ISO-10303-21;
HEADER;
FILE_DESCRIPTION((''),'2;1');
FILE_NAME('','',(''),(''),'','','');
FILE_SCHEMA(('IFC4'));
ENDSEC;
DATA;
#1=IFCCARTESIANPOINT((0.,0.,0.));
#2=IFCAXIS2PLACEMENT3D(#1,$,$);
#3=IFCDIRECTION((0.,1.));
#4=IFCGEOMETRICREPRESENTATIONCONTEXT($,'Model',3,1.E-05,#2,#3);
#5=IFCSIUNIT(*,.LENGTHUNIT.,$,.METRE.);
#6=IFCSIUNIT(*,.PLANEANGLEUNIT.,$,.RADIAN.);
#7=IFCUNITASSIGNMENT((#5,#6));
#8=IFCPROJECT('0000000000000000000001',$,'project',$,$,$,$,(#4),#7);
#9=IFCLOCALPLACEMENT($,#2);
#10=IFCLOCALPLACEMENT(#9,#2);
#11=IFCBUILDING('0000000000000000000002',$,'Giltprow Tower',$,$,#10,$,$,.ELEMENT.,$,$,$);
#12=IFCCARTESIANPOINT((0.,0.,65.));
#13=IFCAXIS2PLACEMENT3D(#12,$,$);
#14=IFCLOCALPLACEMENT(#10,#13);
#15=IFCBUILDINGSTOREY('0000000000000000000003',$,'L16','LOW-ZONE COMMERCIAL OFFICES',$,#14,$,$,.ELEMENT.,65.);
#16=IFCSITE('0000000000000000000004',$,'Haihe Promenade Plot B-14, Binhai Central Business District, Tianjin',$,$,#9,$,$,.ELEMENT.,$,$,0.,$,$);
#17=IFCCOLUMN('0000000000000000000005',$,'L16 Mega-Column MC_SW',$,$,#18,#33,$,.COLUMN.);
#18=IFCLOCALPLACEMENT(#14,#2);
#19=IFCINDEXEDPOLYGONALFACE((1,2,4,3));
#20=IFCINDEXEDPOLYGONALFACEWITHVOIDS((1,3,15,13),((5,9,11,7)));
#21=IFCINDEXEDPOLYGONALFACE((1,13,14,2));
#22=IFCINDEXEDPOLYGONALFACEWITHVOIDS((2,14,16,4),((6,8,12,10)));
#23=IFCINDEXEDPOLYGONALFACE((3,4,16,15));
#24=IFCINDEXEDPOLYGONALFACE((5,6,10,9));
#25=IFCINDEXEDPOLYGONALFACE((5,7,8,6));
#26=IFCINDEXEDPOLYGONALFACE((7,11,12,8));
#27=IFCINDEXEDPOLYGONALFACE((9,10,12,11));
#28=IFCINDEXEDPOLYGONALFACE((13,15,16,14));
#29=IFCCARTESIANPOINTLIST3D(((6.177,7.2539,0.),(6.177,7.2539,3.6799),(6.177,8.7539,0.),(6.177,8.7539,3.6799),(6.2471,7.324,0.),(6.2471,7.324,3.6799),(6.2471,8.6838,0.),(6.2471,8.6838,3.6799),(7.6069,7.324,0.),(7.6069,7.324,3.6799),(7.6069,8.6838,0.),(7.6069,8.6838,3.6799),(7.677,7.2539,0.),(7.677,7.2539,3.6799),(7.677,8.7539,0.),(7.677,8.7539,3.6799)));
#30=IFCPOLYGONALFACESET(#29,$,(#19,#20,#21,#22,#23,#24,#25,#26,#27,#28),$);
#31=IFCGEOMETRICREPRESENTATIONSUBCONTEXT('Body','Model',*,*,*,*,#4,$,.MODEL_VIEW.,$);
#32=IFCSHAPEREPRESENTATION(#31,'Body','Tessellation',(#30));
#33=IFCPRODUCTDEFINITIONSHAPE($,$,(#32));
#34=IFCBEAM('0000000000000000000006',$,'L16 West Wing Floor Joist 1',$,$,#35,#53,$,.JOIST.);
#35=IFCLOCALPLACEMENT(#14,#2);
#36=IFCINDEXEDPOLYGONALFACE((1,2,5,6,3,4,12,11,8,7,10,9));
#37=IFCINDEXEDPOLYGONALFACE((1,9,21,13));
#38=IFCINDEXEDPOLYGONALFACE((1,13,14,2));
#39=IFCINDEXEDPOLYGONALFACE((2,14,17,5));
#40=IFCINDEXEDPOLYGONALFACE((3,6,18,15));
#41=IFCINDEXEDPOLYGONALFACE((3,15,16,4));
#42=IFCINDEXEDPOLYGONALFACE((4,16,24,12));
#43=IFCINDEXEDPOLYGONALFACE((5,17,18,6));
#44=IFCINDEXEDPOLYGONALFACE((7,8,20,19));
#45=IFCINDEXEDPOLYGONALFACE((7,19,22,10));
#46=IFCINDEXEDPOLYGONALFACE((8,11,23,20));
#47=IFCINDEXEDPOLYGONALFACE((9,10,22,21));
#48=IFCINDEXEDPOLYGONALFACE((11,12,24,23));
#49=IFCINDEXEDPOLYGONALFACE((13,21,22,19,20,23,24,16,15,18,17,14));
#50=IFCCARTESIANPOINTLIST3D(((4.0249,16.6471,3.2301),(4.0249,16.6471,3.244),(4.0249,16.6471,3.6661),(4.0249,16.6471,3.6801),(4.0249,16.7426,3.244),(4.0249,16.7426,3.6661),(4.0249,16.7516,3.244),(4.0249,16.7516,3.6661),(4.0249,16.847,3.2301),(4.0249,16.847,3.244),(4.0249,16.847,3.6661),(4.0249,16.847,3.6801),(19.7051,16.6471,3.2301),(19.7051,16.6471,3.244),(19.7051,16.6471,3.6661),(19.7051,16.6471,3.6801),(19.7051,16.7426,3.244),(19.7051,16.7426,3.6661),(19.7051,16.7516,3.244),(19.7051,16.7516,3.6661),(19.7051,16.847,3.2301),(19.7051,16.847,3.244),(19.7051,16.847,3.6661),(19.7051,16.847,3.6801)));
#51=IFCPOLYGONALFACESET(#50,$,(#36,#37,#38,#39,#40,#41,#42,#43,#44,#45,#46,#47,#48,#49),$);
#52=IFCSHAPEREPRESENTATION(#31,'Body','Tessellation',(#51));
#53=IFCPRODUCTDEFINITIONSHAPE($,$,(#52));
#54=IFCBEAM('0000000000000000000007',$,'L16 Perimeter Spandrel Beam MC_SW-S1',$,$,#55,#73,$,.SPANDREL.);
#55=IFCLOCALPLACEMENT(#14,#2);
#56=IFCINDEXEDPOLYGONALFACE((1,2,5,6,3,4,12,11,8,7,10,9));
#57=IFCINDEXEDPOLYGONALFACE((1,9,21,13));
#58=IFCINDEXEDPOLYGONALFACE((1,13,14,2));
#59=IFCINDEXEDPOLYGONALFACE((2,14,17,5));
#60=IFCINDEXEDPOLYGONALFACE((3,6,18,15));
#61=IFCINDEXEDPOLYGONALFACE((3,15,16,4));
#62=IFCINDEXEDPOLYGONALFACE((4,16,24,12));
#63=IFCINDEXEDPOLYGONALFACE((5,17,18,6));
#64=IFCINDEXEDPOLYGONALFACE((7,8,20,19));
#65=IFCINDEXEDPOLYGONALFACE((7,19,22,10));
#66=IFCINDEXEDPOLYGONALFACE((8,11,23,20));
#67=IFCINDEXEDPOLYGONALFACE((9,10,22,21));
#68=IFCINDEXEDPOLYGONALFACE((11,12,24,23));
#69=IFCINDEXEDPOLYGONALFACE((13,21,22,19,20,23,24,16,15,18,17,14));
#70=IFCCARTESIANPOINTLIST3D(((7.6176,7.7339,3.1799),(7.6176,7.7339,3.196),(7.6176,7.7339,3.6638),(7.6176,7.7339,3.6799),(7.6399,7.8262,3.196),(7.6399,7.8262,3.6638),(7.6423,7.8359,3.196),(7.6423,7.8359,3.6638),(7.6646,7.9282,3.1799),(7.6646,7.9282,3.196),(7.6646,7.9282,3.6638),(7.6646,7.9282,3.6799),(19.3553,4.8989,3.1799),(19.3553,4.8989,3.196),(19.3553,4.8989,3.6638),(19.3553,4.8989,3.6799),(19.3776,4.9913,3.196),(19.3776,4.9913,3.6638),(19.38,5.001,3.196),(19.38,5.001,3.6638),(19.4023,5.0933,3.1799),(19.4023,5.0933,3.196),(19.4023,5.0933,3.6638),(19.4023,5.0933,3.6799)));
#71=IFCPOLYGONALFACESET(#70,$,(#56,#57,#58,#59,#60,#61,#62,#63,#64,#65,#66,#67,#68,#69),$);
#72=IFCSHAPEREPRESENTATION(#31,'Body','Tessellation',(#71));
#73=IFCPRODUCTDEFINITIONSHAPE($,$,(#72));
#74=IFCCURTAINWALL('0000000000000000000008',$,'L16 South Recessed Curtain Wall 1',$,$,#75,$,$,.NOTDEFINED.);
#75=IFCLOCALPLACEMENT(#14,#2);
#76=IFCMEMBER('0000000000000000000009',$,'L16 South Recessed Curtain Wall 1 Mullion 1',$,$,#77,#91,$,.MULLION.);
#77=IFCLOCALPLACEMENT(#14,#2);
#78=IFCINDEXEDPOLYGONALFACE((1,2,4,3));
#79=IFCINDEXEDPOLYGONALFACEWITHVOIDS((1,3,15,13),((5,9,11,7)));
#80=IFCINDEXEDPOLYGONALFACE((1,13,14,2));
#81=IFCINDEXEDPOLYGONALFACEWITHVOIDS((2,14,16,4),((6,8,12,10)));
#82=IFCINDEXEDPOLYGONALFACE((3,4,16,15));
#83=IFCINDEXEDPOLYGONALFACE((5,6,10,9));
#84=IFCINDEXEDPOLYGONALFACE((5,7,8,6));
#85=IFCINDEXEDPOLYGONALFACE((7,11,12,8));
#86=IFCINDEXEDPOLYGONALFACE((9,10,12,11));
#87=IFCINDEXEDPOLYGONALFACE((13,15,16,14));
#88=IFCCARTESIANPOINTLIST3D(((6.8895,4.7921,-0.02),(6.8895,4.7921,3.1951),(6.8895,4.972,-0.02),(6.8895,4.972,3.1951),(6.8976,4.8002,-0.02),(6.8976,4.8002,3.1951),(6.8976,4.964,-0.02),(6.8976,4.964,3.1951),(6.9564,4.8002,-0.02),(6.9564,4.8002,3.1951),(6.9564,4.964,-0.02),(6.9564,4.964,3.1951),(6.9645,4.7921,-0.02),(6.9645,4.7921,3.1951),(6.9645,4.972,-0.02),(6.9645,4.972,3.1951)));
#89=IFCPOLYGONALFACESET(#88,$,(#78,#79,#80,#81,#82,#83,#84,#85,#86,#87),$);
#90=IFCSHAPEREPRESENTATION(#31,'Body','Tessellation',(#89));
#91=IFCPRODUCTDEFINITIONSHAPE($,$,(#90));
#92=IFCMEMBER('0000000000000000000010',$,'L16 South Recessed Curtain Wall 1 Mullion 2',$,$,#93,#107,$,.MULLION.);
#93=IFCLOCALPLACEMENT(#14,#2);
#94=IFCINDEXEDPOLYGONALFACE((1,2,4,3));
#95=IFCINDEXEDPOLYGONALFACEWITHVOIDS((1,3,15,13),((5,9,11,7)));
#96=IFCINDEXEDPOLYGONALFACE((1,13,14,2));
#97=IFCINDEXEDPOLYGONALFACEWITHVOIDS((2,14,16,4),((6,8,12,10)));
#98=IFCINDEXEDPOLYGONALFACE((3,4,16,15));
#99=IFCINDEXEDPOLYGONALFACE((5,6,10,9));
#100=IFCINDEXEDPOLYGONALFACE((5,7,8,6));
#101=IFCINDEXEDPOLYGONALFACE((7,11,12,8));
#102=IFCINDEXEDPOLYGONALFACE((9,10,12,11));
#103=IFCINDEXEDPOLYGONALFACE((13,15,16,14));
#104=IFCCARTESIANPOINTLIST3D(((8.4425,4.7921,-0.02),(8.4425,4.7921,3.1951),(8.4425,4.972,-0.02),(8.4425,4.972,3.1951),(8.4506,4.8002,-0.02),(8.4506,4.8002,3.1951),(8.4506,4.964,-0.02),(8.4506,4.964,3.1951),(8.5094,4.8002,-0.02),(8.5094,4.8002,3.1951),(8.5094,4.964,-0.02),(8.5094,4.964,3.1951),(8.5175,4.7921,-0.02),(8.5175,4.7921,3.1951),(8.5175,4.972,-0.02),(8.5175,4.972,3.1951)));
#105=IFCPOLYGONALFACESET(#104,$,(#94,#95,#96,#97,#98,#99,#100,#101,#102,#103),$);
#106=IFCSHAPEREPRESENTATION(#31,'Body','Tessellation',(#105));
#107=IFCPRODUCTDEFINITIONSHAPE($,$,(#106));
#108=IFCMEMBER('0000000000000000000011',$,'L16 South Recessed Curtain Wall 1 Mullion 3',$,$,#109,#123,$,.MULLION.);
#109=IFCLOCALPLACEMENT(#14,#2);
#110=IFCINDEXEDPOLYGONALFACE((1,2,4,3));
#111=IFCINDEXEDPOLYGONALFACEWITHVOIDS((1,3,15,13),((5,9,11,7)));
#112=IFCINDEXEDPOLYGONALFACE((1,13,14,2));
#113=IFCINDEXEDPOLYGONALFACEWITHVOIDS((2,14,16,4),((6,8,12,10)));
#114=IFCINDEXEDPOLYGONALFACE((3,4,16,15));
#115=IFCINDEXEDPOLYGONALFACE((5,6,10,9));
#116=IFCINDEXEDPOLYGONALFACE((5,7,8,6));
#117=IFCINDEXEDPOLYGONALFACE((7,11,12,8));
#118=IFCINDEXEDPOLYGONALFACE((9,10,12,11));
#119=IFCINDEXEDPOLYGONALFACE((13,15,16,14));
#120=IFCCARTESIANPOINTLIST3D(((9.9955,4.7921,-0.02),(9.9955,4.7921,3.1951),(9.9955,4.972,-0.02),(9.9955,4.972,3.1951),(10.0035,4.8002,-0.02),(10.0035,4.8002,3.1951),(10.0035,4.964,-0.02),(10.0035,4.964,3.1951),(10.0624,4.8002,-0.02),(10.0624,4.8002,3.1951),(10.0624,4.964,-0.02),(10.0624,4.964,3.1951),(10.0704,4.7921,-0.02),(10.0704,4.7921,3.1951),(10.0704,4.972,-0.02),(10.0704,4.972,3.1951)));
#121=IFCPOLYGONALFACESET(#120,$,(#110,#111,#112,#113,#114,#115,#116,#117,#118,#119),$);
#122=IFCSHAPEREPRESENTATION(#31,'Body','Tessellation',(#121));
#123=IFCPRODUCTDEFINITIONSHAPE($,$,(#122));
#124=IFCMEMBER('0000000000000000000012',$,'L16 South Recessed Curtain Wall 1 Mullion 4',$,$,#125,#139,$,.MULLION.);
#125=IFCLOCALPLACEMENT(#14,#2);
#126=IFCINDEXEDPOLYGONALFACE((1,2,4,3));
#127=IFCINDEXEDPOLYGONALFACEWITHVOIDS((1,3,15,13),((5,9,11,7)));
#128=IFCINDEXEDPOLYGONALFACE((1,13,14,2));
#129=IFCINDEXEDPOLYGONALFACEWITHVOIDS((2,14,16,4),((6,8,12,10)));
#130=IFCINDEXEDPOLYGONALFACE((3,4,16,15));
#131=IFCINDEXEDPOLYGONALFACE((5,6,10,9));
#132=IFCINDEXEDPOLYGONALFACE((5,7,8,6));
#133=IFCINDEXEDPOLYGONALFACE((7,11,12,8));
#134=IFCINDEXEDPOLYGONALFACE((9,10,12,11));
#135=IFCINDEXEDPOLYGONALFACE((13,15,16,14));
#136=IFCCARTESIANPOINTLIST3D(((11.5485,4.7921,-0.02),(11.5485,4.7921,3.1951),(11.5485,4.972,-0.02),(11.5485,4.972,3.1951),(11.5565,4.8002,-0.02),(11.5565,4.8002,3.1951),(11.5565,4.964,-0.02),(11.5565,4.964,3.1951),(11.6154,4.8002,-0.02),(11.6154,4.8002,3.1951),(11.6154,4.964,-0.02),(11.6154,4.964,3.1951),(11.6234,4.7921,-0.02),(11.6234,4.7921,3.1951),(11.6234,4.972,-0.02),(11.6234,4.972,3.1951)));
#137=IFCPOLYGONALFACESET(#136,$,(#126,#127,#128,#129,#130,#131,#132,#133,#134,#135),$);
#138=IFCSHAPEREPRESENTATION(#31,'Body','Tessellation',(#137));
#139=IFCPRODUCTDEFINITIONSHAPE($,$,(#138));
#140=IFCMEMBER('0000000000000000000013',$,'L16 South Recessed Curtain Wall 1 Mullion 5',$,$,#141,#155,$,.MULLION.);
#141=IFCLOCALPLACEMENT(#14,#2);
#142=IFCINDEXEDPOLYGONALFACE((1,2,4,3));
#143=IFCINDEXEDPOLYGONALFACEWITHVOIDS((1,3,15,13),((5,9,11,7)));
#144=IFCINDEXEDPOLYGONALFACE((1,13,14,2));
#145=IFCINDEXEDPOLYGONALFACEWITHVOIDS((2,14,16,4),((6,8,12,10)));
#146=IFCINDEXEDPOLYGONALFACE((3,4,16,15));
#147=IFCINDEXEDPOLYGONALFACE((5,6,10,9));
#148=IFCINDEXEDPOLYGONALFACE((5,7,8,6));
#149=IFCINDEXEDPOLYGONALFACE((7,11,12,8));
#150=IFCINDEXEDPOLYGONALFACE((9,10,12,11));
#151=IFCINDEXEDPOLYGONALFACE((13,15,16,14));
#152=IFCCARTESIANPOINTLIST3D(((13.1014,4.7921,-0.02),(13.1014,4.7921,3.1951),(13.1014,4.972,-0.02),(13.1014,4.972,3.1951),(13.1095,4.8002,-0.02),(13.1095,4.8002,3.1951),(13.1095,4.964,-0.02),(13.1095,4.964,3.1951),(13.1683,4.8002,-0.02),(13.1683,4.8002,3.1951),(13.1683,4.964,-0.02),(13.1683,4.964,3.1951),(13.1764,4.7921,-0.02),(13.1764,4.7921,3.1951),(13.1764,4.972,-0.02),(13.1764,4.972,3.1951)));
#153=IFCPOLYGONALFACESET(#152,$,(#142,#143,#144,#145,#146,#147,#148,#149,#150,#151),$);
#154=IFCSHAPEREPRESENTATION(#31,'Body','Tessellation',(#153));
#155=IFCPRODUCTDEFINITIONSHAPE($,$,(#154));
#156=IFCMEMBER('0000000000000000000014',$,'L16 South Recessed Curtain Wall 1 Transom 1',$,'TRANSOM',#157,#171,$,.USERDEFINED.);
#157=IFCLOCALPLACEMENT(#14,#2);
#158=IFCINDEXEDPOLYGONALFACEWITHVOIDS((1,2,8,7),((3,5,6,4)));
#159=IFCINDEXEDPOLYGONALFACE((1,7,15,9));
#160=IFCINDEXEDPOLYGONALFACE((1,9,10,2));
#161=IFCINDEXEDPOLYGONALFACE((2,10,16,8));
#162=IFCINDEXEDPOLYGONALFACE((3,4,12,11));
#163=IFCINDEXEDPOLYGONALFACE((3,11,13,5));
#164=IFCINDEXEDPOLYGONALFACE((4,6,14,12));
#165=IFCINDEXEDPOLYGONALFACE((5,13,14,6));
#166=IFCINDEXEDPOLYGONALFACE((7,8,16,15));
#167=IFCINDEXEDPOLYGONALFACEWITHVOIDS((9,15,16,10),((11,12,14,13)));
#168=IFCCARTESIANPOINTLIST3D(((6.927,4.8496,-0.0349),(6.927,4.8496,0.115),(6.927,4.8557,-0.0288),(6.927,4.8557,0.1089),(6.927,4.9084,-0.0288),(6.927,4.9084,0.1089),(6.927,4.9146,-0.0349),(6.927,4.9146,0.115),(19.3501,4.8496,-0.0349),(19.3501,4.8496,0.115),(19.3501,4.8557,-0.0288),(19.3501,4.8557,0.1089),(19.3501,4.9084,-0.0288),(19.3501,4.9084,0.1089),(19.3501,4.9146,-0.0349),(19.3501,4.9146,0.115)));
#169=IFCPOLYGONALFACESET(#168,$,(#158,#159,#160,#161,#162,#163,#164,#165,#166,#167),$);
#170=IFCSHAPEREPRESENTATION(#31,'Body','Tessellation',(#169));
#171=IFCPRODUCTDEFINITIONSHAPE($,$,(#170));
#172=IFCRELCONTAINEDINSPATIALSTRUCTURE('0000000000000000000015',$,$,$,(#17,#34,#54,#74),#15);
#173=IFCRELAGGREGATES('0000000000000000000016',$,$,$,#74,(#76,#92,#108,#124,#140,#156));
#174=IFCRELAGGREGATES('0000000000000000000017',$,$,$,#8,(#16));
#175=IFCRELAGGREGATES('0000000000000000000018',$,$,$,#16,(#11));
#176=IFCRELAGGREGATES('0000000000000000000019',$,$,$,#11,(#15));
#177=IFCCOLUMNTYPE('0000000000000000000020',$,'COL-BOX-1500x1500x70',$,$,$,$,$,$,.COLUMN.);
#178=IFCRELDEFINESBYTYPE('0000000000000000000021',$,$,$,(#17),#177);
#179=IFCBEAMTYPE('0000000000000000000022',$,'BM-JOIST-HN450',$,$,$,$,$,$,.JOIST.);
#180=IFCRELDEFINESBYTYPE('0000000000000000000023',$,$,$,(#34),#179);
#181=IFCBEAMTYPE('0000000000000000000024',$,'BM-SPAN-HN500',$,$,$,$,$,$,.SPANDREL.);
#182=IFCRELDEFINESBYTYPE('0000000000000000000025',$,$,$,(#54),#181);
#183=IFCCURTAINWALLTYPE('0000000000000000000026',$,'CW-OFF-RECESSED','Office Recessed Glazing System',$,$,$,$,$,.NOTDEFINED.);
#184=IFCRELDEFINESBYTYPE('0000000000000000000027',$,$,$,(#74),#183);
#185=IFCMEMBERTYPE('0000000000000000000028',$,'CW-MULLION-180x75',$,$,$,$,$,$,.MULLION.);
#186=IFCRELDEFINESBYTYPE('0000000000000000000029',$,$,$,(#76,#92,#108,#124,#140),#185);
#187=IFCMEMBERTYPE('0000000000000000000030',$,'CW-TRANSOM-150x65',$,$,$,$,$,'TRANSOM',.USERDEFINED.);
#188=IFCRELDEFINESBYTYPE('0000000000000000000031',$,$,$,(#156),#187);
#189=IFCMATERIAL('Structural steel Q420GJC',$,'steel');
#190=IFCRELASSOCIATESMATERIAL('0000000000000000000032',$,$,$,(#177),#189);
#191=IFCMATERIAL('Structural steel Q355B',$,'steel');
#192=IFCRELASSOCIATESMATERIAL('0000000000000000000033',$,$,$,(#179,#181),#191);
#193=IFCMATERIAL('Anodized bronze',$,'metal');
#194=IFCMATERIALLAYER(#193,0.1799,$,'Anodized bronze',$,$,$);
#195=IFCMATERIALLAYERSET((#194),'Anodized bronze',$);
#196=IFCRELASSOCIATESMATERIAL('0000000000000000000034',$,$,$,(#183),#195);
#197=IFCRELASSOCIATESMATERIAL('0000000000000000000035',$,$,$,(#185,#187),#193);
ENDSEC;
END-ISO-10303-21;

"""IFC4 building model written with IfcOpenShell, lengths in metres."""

from ifc_helpers import new_model, si_unit, direction, frame, origin, origin_2d, place, context, subcontext, project, spatial, hollow_rectangle, i_section, extrude, source, transform, mapped, material, layer, layer_set, material_profile, profile_set, type_object, element, aggregate, save


model = new_model("IFC4")

# Units and contexts
model_context = context("Model", 3, precision=1e-05, world=origin(), true_north=direction((0.0, 1.0)))
body_context = subcontext(model_context, "Body", "Model", "MODEL_VIEW")
ifc_project = project(units=[si_unit("LENGTHUNIT", "METRE"), si_unit("PLANEANGLEUNIT", "RADIAN")], contexts=[model_context])

# Site, building, storey
site_placement = place(None, origin())
site = spatial("IfcSite", under=ifc_project, at=site_placement, Name="Haihe Promenade Plot B-14, Binhai Central Business District, Tianjin", CompositionType="ELEMENT", RefElevation=0.0)
building_placement = place(site_placement, origin())
building = spatial("IfcBuilding", under=site, at=building_placement, Name="Giltprow Tower", CompositionType="ELEMENT")
storey_placement = place(building_placement, frame((0.0, 0.0, 65.0)))
storey = spatial("IfcBuildingStorey", under=building, at=storey_placement, Name="L16", Description="LOW-ZONE COMMERCIAL OFFICES", CompositionType="ELEMENT", Elevation=65.0)

# Column
ifc_material_1 = material(Name="Structural steel Q420GJC", Category="steel")
ifc_material_profile_1 = material_profile(ifc_material_1, hollow_rectangle(XDim=1.5, YDim=1.5, WallThickness=0.0701, at=origin_2d()), Name="BOX 1500x1500x70")
ifc_profile_set_1 = profile_set([ifc_material_profile_1], Name="Structural steel Q420GJC")
column_type = type_object("IfcColumnType", Name="COL-BOX-1500x1500x70", PredefinedType="COLUMN", material=ifc_profile_set_1)
shared_shape_1 = source(origin(), body_context, "Body", "SweptSolid", [
    extrude(hollow_rectangle(XDim=1.5, YDim=1.5, WallThickness=0.0701, at=origin_2d()), origin(), (0.0, 0.0, 1.0), 3.6799),
])
column_placement = place(storey_placement, frame((6.927, 8.0039, 0.0), z_axis=(0.0, 0.0, 1.0), x_axis=(1.0, 0.0, 0.0)))
element("IfcColumn", 1, at=column_placement, inside=storey, type_object=column_type, Name="L16 Mega-Column MC_SW", PredefinedType="COLUMN", context=body_context, shape_type="MappedRepresentation", body=[
    mapped(shared_shape_1, transform((0.0, 0.0, 0.0), x_axis=(1.0, 0.0, 0.0), y_axis=(0.0, 1.0, 0.0), z_axis=(0.0, 0.0, 1.0), scale=1.0)),
])

# Beams
ifc_material_2 = material(Name="Structural steel Q355B", Category="steel")
ifc_material_profile_2 = material_profile(ifc_material_2, i_section(OverallWidth=0.2, OverallDepth=0.45, WebThickness=0.009, FlangeThickness=0.0139, at=origin_2d()), Name="HN 450x200x9x14")
ifc_profile_set_2 = profile_set([ifc_material_profile_2], Name="Structural steel Q355B")
beam_type_1 = type_object("IfcBeamType", Name="BM-JOIST-HN450", PredefinedType="JOIST", material=ifc_profile_set_2)
shared_shape_2 = source(origin(), body_context, "Body", "SweptSolid", [
    extrude(i_section(OverallWidth=0.2, OverallDepth=0.45, WebThickness=0.009, FlangeThickness=0.0139, at=origin_2d()), origin(), (0.0, 0.0, 1.0), 15.6802),
])
beam_1_placement = place(storey_placement, frame((4.0249, 16.7471, 3.4551), z_axis=(1.0, 0.0, 0.0), x_axis=(0.0, 1.0, 0.0)))
element("IfcBeam", 2, at=beam_1_placement, inside=storey, type_object=beam_type_1, Name="L16 West Wing Floor Joist 1", PredefinedType="JOIST", context=body_context, shape_type="MappedRepresentation", body=[
    mapped(shared_shape_2, transform((0.0, 0.0, 0.0), x_axis=(1.0, 0.0, 0.0), y_axis=(0.0, 1.0, 0.0), z_axis=(0.0, 0.0, 1.0), scale=1.0)),
])
ifc_material_profile_3 = material_profile(ifc_material_2, i_section(OverallWidth=0.2, OverallDepth=0.5, WebThickness=0.01, FlangeThickness=0.0161, at=origin_2d()), Name="HN 500x200x10x16")
ifc_profile_set_3 = profile_set([ifc_material_profile_3], Name="Structural steel Q355B")
beam_type_2 = type_object("IfcBeamType", Name="BM-SPAN-HN500", PredefinedType="SPANDREL", material=ifc_profile_set_3)
shared_shape_3 = source(origin(), body_context, "Body", "SweptSolid", [
    extrude(i_section(OverallWidth=0.2, OverallDepth=0.5, WebThickness=0.01, FlangeThickness=0.0161, at=origin_2d()), origin(), (0.0, 0.0, 1.0), 12.0752),
])
beam_2_placement = place(storey_placement, frame((7.6411, 7.8311, 3.4299), z_axis=(0.97205, -0.234774, 0.0), x_axis=(0.234774, 0.97205, 0.0)))
element("IfcBeam", 3, at=beam_2_placement, inside=storey, type_object=beam_type_2, Name="L16 Perimeter Spandrel Beam MC_SW-S1", PredefinedType="SPANDREL", context=body_context, shape_type="MappedRepresentation", body=[
    mapped(shared_shape_3, transform((0.0, 0.0, 0.0), x_axis=(1.0, 0.0, 0.0), y_axis=(0.0, 1.0, 0.0), z_axis=(0.0, 0.0, 1.0), scale=1.0)),
])

# Curtain wall, members
ifc_material_3 = material(Name="Anodized bronze", Category="metal")
ifc_layer_1 = layer(ifc_material_3, 0.1799, Name="Anodized bronze")
ifc_layer_set_1 = layer_set([ifc_layer_1], Name="Anodized bronze")
curtain_wall_type = type_object("IfcCurtainWallType", Name="CW-OFF-RECESSED", Description="Office Recessed Glazing System", PredefinedType="NOTDEFINED", material=ifc_layer_set_1)
curtain_wall_placement = place(storey_placement, origin())
curtain_wall = element("IfcCurtainWall", 4, at=curtain_wall_placement, inside=storey, type_object=curtain_wall_type, Name="L16 South Recessed Curtain Wall 1", PredefinedType="NOTDEFINED")
ifc_material_profile_4 = material_profile(ifc_material_3, hollow_rectangle(XDim=0.075, YDim=0.1799, WallThickness=0.0081, at=origin_2d()), Name="RHS 180x75x8")
ifc_profile_set_4 = profile_set([ifc_material_profile_4], Name="Anodized bronze")
member_type_1 = type_object("IfcMemberType", Name="CW-MULLION-180x75", PredefinedType="MULLION", material=ifc_profile_set_4)
shared_shape_4 = source(origin(), body_context, "Body", "SweptSolid", [
    extrude(hollow_rectangle(XDim=0.075, YDim=0.1799, WallThickness=0.0081, at=origin_2d()), origin(), (0.0, 0.0, 1.0), 3.2151),
])
member_1_placement = place(storey_placement, frame((6.927, 4.8821, -0.02), z_axis=(0.0, 0.0, 1.0), x_axis=(1.0, 0.0, 0.0)))
member_1 = element("IfcMember", 5, at=member_1_placement, type_object=member_type_1, Name="L16 South Recessed Curtain Wall 1 Mullion 1", PredefinedType="MULLION", context=body_context, shape_type="MappedRepresentation", body=[
    mapped(shared_shape_4, transform((0.0, 0.0, 0.0), x_axis=(1.0, 0.0, 0.0), y_axis=(0.0, 1.0, 0.0), z_axis=(0.0, 0.0, 1.0), scale=1.0)),
])
member_2_placement = place(storey_placement, frame((8.48, 4.8821, -0.02), z_axis=(0.0, 0.0, 1.0), x_axis=(1.0, 0.0, 0.0)))
member_2 = element("IfcMember", 6, at=member_2_placement, type_object=member_type_1, Name="L16 South Recessed Curtain Wall 1 Mullion 2", PredefinedType="MULLION", context=body_context, shape_type="MappedRepresentation", body=[
    mapped(shared_shape_4, transform((0.0, 0.0, 0.0), x_axis=(1.0, 0.0, 0.0), y_axis=(0.0, 1.0, 0.0), z_axis=(0.0, 0.0, 1.0), scale=1.0)),
])
member_3_placement = place(storey_placement, frame((10.033, 4.8821, -0.02), z_axis=(0.0, 0.0, 1.0), x_axis=(1.0, 0.0, 0.0)))
member_3 = element("IfcMember", 7, at=member_3_placement, type_object=member_type_1, Name="L16 South Recessed Curtain Wall 1 Mullion 3", PredefinedType="MULLION", context=body_context, shape_type="MappedRepresentation", body=[
    mapped(shared_shape_4, transform((0.0, 0.0, 0.0), x_axis=(1.0, 0.0, 0.0), y_axis=(0.0, 1.0, 0.0), z_axis=(0.0, 0.0, 1.0), scale=1.0)),
])
member_4_placement = place(storey_placement, frame((11.5859, 4.8821, -0.02), z_axis=(0.0, 0.0, 1.0), x_axis=(1.0, 0.0, 0.0)))
member_4 = element("IfcMember", 8, at=member_4_placement, type_object=member_type_1, Name="L16 South Recessed Curtain Wall 1 Mullion 4", PredefinedType="MULLION", context=body_context, shape_type="MappedRepresentation", body=[
    mapped(shared_shape_4, transform((0.0, 0.0, 0.0), x_axis=(1.0, 0.0, 0.0), y_axis=(0.0, 1.0, 0.0), z_axis=(0.0, 0.0, 1.0), scale=1.0)),
])
member_5_placement = place(storey_placement, frame((13.1389, 4.8821, -0.02), z_axis=(0.0, 0.0, 1.0), x_axis=(1.0, 0.0, 0.0)))
member_5 = element("IfcMember", 9, at=member_5_placement, type_object=member_type_1, Name="L16 South Recessed Curtain Wall 1 Mullion 5", PredefinedType="MULLION", context=body_context, shape_type="MappedRepresentation", body=[
    mapped(shared_shape_4, transform((0.0, 0.0, 0.0), x_axis=(1.0, 0.0, 0.0), y_axis=(0.0, 1.0, 0.0), z_axis=(0.0, 0.0, 1.0), scale=1.0)),
])
ifc_material_profile_5 = material_profile(ifc_material_3, hollow_rectangle(XDim=0.0649, YDim=0.1499, WallThickness=0.0061, at=origin_2d()), Name="RHS 150x65x6")
ifc_profile_set_5 = profile_set([ifc_material_profile_5], Name="Anodized bronze")
member_type_2 = type_object("IfcMemberType", Name="CW-TRANSOM-150x65", ElementType="TRANSOM", PredefinedType="USERDEFINED", material=ifc_profile_set_5)
shared_shape_5 = source(origin(), body_context, "Body", "SweptSolid", [
    extrude(hollow_rectangle(XDim=0.0649, YDim=0.1499, WallThickness=0.0061, at=origin_2d()), origin(), (0.0, 0.0, 1.0), 12.4231),
])
member_6_placement = place(storey_placement, frame((6.927, 4.8821, 0.04), z_axis=(1.0, 0.0, 0.0), x_axis=(0.0, 1.0, 0.0)))
member_6 = element("IfcMember", 10, at=member_6_placement, type_object=member_type_2, Name="L16 South Recessed Curtain Wall 1 Transom 1", ObjectType="TRANSOM", PredefinedType="USERDEFINED", context=body_context, shape_type="MappedRepresentation", body=[
    mapped(shared_shape_5, transform((0.0, 0.0, 0.0), x_axis=(1.0, 0.0, 0.0), y_axis=(0.0, 1.0, 0.0), z_axis=(0.0, 0.0, 1.0), scale=1.0)),
])

aggregate(curtain_wall, [member_1, member_2, member_3, member_4, member_5, member_6])

save(model, "model.ifc")
